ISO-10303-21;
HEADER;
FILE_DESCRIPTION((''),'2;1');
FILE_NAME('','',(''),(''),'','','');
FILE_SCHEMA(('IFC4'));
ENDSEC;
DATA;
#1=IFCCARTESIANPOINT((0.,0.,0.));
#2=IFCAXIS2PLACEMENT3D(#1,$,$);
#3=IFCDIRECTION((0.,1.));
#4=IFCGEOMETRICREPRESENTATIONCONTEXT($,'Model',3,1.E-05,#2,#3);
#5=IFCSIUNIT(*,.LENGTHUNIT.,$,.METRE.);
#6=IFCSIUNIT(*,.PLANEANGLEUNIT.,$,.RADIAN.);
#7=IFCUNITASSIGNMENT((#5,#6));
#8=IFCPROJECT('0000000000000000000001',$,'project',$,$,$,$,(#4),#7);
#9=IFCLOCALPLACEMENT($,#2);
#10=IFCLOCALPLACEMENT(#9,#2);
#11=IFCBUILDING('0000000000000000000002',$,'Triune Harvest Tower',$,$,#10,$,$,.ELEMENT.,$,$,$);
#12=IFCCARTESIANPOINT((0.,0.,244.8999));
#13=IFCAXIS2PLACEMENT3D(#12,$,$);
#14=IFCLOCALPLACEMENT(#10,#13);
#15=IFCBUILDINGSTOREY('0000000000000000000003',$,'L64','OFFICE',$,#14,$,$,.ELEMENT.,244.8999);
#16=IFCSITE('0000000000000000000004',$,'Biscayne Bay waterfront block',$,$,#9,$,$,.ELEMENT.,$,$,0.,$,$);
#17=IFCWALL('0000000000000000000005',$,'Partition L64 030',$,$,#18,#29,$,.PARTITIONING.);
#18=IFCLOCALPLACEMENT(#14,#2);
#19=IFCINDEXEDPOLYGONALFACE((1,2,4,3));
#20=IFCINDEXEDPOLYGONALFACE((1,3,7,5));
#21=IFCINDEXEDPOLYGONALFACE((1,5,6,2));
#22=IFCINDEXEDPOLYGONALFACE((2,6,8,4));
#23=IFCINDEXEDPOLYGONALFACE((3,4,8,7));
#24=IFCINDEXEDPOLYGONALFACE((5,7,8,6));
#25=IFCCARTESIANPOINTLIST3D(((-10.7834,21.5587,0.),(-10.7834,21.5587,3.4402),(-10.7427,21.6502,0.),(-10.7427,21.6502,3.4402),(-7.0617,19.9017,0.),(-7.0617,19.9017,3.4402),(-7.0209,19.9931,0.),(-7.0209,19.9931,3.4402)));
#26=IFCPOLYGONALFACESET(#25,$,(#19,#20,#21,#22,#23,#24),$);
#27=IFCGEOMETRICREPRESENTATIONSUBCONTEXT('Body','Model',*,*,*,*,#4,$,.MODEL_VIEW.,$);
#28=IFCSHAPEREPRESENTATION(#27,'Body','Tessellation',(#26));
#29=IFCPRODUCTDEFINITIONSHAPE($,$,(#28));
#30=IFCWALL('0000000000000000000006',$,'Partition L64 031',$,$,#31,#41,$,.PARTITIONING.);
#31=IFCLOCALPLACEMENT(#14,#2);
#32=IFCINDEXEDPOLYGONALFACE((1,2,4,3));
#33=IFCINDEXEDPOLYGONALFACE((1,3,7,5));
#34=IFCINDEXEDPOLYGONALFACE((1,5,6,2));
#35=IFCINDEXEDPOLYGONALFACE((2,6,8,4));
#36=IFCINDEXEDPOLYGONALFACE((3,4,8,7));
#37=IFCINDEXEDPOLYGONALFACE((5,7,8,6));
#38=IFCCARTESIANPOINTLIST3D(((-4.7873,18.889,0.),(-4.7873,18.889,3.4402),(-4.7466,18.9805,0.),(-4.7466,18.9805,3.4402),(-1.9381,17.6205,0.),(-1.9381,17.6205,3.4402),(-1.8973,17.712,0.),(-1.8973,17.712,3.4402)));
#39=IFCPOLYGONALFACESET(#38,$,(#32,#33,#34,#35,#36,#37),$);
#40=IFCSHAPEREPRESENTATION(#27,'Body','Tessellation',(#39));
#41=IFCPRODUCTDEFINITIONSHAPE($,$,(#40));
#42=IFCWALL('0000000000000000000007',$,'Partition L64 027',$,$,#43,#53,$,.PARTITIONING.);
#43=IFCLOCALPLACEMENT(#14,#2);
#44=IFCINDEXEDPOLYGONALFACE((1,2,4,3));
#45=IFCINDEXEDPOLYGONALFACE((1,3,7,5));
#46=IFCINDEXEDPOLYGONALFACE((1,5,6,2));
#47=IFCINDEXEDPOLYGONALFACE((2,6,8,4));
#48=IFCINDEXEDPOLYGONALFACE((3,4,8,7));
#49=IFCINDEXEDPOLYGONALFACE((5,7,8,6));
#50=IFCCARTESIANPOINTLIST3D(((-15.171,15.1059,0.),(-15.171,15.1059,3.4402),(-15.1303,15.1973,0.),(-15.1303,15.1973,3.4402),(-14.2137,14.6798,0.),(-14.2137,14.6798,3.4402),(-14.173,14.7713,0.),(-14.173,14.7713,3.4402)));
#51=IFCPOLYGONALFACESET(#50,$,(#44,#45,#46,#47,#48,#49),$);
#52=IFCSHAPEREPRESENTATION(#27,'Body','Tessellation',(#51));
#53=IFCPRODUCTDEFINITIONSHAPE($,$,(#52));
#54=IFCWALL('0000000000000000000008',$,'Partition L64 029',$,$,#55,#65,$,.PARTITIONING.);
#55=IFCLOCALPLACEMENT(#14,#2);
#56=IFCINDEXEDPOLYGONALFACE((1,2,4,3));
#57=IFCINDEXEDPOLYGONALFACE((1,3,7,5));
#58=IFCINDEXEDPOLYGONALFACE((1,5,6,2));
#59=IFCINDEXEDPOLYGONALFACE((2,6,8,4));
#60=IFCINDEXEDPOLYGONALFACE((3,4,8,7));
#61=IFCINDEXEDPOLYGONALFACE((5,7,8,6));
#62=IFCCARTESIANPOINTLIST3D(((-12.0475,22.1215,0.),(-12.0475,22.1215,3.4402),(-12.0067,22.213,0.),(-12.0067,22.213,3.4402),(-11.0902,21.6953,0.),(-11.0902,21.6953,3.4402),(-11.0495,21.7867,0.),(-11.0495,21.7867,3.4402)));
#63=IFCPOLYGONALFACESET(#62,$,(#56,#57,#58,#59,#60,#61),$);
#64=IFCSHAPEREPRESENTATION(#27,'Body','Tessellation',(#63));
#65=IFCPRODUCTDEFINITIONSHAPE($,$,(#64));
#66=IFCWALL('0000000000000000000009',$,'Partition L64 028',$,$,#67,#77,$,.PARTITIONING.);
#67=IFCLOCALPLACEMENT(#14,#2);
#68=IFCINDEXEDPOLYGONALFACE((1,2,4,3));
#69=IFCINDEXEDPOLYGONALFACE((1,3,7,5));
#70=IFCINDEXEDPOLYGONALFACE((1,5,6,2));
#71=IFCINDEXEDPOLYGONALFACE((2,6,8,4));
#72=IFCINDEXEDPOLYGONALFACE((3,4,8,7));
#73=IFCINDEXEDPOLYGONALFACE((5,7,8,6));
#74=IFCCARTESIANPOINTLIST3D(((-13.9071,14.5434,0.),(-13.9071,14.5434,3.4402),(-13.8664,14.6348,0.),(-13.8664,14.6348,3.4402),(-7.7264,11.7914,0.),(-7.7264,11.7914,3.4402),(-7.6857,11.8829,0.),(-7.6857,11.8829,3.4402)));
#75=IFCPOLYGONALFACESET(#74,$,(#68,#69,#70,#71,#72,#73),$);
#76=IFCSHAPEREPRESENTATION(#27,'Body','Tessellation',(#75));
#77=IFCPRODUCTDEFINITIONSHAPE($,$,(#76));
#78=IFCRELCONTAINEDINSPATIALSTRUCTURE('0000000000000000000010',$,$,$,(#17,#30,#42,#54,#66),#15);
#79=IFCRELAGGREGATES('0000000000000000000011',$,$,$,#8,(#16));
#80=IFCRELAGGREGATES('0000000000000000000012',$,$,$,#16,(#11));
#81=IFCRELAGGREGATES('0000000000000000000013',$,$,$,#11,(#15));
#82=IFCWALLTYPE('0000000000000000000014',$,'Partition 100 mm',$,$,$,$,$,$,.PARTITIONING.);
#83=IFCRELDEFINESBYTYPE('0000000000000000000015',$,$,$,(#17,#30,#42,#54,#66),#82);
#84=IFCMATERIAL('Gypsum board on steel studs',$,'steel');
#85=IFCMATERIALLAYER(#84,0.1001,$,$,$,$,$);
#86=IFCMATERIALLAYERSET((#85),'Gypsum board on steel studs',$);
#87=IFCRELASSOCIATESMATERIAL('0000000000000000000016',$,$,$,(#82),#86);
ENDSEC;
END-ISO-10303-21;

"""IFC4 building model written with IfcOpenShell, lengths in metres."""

from ifc_helpers import new_model, si_unit, direction, frame, frame_2d, origin, place, context, subcontext, project, spatial, rectangle, extrude, source, transform, mapped, material, layer, layer_set, type_object, element, save


model = new_model("IFC4")

# Units and contexts
model_context = context("Model", 3, precision=1e-05, world=origin(), true_north=direction((0.0, 1.0)))
body_context = subcontext(model_context, "Body", "Model", "MODEL_VIEW")
ifc_project = project(units=[si_unit("LENGTHUNIT", "METRE"), si_unit("PLANEANGLEUNIT", "RADIAN")], contexts=[model_context])

# Site, building, storey
site_placement = place(None, origin())
site = spatial("IfcSite", under=ifc_project, at=site_placement, Name="Biscayne Bay waterfront block", CompositionType="ELEMENT", RefElevation=0.0)
building_placement = place(site_placement, origin())
building = spatial("IfcBuilding", under=site, at=building_placement, Name="Triune Harvest Tower", CompositionType="ELEMENT")
storey_placement = place(building_placement, frame((0.0, 0.0, 244.8999)))
storey = spatial("IfcBuildingStorey", under=building, at=storey_placement, Name="L64", Description="OFFICE", CompositionType="ELEMENT", Elevation=244.8999)

# Walls
ifc_material_1 = material(Name="Gypsum board on steel studs", Category="steel")
ifc_layer_1 = layer(ifc_material_1, 0.1001)
ifc_layer_set_1 = layer_set([ifc_layer_1], Name="Gypsum board on steel studs")
wall_type_1 = type_object("IfcWallType", Name="Partition 100 mm", PredefinedType="PARTITIONING", material=ifc_layer_set_1)
wall_1_placement = place(storey_placement, frame((-10.7632, 21.6045, 0.0), z_axis=(0.0, 0.0, 1.0), x_axis=(0.913547, -0.406733, 0.0)))
element("IfcWall", 1, at=wall_1_placement, inside=storey, type_object=wall_type_1, Name="Partition L64 030", PredefinedType="PARTITIONING", context=body_context, shape_type="SweptSolid", body=[
    extrude(rectangle(XDim=4.074, YDim=0.1001, at=frame_2d((2.0371, 0.0))), origin(), (0.0, 0.0, 1.0), 3.4402),
])
wall_2_placement = place(storey_placement, frame((-4.7671, 18.9348, 0.0), z_axis=(0.0, 0.0, 1.0), x_axis=(0.913553, -0.406719, 0.0)))
element("IfcWall", 2, at=wall_2_placement, inside=storey, type_object=wall_type_1, Name="Partition L64 031", PredefinedType="PARTITIONING", context=body_context, shape_type="SweptSolid", body=[
    extrude(rectangle(XDim=3.1189, YDim=0.1001, at=frame_2d((1.5596, 0.0))), origin(), (0.0, 0.0, 1.0), 3.4402),
])
shared_shape_1 = source(origin(), body_context, "Body", "SweptSolid", [
    extrude(rectangle(XDim=1.0479, YDim=0.1001, at=frame_2d((0.5239, 0.0))), origin(), (0.0, 0.0, 1.0), 3.4402),
])
for number, where, z_axis, x_axis, name in (
    (3, (-15.1506, 15.1516, 0.0), (0.0, 0.0, 1.0), (0.91361, -0.406592, 0.0), "Partition L64 027"),
    (4, (-12.0271, 22.1672, 0.0), (0.0, 0.0, 1.0), (0.913523, -0.406787, 0.0), "Partition L64 029"),
):
    element("IfcWall", number, at=place(storey_placement, frame(where, z_axis=z_axis, x_axis=x_axis)), inside=storey, type_object=wall_type_1, Name=name, PredefinedType="PARTITIONING", context=body_context, shape_type="MappedRepresentation", body=[
        mapped(shared_shape_1, transform((0.0, 0.0, 0.0), scale=1.0)),
    ])
shared_shape_2 = source(origin(), body_context, "Body", "SweptSolid", [
    extrude(rectangle(XDim=6.7656, YDim=0.1001, at=frame_2d((3.3828, 0.0))), origin(), (0.0, 0.0, 1.0), 3.4402),
])
wall_3_placement = place(storey_placement, frame((-13.8867, 14.5891, 0.0), z_axis=(0.0, 0.0, 1.0), x_axis=(0.913538, -0.406754, 0.0)))
element("IfcWall", 5, at=wall_3_placement, inside=storey, type_object=wall_type_1, Name="Partition L64 028", PredefinedType="PARTITIONING", context=body_context, shape_type="MappedRepresentation", body=[
    mapped(shared_shape_2, transform((0.0, 0.0, 0.0), scale=1.0)),
])

save(model, "model.ifc")
